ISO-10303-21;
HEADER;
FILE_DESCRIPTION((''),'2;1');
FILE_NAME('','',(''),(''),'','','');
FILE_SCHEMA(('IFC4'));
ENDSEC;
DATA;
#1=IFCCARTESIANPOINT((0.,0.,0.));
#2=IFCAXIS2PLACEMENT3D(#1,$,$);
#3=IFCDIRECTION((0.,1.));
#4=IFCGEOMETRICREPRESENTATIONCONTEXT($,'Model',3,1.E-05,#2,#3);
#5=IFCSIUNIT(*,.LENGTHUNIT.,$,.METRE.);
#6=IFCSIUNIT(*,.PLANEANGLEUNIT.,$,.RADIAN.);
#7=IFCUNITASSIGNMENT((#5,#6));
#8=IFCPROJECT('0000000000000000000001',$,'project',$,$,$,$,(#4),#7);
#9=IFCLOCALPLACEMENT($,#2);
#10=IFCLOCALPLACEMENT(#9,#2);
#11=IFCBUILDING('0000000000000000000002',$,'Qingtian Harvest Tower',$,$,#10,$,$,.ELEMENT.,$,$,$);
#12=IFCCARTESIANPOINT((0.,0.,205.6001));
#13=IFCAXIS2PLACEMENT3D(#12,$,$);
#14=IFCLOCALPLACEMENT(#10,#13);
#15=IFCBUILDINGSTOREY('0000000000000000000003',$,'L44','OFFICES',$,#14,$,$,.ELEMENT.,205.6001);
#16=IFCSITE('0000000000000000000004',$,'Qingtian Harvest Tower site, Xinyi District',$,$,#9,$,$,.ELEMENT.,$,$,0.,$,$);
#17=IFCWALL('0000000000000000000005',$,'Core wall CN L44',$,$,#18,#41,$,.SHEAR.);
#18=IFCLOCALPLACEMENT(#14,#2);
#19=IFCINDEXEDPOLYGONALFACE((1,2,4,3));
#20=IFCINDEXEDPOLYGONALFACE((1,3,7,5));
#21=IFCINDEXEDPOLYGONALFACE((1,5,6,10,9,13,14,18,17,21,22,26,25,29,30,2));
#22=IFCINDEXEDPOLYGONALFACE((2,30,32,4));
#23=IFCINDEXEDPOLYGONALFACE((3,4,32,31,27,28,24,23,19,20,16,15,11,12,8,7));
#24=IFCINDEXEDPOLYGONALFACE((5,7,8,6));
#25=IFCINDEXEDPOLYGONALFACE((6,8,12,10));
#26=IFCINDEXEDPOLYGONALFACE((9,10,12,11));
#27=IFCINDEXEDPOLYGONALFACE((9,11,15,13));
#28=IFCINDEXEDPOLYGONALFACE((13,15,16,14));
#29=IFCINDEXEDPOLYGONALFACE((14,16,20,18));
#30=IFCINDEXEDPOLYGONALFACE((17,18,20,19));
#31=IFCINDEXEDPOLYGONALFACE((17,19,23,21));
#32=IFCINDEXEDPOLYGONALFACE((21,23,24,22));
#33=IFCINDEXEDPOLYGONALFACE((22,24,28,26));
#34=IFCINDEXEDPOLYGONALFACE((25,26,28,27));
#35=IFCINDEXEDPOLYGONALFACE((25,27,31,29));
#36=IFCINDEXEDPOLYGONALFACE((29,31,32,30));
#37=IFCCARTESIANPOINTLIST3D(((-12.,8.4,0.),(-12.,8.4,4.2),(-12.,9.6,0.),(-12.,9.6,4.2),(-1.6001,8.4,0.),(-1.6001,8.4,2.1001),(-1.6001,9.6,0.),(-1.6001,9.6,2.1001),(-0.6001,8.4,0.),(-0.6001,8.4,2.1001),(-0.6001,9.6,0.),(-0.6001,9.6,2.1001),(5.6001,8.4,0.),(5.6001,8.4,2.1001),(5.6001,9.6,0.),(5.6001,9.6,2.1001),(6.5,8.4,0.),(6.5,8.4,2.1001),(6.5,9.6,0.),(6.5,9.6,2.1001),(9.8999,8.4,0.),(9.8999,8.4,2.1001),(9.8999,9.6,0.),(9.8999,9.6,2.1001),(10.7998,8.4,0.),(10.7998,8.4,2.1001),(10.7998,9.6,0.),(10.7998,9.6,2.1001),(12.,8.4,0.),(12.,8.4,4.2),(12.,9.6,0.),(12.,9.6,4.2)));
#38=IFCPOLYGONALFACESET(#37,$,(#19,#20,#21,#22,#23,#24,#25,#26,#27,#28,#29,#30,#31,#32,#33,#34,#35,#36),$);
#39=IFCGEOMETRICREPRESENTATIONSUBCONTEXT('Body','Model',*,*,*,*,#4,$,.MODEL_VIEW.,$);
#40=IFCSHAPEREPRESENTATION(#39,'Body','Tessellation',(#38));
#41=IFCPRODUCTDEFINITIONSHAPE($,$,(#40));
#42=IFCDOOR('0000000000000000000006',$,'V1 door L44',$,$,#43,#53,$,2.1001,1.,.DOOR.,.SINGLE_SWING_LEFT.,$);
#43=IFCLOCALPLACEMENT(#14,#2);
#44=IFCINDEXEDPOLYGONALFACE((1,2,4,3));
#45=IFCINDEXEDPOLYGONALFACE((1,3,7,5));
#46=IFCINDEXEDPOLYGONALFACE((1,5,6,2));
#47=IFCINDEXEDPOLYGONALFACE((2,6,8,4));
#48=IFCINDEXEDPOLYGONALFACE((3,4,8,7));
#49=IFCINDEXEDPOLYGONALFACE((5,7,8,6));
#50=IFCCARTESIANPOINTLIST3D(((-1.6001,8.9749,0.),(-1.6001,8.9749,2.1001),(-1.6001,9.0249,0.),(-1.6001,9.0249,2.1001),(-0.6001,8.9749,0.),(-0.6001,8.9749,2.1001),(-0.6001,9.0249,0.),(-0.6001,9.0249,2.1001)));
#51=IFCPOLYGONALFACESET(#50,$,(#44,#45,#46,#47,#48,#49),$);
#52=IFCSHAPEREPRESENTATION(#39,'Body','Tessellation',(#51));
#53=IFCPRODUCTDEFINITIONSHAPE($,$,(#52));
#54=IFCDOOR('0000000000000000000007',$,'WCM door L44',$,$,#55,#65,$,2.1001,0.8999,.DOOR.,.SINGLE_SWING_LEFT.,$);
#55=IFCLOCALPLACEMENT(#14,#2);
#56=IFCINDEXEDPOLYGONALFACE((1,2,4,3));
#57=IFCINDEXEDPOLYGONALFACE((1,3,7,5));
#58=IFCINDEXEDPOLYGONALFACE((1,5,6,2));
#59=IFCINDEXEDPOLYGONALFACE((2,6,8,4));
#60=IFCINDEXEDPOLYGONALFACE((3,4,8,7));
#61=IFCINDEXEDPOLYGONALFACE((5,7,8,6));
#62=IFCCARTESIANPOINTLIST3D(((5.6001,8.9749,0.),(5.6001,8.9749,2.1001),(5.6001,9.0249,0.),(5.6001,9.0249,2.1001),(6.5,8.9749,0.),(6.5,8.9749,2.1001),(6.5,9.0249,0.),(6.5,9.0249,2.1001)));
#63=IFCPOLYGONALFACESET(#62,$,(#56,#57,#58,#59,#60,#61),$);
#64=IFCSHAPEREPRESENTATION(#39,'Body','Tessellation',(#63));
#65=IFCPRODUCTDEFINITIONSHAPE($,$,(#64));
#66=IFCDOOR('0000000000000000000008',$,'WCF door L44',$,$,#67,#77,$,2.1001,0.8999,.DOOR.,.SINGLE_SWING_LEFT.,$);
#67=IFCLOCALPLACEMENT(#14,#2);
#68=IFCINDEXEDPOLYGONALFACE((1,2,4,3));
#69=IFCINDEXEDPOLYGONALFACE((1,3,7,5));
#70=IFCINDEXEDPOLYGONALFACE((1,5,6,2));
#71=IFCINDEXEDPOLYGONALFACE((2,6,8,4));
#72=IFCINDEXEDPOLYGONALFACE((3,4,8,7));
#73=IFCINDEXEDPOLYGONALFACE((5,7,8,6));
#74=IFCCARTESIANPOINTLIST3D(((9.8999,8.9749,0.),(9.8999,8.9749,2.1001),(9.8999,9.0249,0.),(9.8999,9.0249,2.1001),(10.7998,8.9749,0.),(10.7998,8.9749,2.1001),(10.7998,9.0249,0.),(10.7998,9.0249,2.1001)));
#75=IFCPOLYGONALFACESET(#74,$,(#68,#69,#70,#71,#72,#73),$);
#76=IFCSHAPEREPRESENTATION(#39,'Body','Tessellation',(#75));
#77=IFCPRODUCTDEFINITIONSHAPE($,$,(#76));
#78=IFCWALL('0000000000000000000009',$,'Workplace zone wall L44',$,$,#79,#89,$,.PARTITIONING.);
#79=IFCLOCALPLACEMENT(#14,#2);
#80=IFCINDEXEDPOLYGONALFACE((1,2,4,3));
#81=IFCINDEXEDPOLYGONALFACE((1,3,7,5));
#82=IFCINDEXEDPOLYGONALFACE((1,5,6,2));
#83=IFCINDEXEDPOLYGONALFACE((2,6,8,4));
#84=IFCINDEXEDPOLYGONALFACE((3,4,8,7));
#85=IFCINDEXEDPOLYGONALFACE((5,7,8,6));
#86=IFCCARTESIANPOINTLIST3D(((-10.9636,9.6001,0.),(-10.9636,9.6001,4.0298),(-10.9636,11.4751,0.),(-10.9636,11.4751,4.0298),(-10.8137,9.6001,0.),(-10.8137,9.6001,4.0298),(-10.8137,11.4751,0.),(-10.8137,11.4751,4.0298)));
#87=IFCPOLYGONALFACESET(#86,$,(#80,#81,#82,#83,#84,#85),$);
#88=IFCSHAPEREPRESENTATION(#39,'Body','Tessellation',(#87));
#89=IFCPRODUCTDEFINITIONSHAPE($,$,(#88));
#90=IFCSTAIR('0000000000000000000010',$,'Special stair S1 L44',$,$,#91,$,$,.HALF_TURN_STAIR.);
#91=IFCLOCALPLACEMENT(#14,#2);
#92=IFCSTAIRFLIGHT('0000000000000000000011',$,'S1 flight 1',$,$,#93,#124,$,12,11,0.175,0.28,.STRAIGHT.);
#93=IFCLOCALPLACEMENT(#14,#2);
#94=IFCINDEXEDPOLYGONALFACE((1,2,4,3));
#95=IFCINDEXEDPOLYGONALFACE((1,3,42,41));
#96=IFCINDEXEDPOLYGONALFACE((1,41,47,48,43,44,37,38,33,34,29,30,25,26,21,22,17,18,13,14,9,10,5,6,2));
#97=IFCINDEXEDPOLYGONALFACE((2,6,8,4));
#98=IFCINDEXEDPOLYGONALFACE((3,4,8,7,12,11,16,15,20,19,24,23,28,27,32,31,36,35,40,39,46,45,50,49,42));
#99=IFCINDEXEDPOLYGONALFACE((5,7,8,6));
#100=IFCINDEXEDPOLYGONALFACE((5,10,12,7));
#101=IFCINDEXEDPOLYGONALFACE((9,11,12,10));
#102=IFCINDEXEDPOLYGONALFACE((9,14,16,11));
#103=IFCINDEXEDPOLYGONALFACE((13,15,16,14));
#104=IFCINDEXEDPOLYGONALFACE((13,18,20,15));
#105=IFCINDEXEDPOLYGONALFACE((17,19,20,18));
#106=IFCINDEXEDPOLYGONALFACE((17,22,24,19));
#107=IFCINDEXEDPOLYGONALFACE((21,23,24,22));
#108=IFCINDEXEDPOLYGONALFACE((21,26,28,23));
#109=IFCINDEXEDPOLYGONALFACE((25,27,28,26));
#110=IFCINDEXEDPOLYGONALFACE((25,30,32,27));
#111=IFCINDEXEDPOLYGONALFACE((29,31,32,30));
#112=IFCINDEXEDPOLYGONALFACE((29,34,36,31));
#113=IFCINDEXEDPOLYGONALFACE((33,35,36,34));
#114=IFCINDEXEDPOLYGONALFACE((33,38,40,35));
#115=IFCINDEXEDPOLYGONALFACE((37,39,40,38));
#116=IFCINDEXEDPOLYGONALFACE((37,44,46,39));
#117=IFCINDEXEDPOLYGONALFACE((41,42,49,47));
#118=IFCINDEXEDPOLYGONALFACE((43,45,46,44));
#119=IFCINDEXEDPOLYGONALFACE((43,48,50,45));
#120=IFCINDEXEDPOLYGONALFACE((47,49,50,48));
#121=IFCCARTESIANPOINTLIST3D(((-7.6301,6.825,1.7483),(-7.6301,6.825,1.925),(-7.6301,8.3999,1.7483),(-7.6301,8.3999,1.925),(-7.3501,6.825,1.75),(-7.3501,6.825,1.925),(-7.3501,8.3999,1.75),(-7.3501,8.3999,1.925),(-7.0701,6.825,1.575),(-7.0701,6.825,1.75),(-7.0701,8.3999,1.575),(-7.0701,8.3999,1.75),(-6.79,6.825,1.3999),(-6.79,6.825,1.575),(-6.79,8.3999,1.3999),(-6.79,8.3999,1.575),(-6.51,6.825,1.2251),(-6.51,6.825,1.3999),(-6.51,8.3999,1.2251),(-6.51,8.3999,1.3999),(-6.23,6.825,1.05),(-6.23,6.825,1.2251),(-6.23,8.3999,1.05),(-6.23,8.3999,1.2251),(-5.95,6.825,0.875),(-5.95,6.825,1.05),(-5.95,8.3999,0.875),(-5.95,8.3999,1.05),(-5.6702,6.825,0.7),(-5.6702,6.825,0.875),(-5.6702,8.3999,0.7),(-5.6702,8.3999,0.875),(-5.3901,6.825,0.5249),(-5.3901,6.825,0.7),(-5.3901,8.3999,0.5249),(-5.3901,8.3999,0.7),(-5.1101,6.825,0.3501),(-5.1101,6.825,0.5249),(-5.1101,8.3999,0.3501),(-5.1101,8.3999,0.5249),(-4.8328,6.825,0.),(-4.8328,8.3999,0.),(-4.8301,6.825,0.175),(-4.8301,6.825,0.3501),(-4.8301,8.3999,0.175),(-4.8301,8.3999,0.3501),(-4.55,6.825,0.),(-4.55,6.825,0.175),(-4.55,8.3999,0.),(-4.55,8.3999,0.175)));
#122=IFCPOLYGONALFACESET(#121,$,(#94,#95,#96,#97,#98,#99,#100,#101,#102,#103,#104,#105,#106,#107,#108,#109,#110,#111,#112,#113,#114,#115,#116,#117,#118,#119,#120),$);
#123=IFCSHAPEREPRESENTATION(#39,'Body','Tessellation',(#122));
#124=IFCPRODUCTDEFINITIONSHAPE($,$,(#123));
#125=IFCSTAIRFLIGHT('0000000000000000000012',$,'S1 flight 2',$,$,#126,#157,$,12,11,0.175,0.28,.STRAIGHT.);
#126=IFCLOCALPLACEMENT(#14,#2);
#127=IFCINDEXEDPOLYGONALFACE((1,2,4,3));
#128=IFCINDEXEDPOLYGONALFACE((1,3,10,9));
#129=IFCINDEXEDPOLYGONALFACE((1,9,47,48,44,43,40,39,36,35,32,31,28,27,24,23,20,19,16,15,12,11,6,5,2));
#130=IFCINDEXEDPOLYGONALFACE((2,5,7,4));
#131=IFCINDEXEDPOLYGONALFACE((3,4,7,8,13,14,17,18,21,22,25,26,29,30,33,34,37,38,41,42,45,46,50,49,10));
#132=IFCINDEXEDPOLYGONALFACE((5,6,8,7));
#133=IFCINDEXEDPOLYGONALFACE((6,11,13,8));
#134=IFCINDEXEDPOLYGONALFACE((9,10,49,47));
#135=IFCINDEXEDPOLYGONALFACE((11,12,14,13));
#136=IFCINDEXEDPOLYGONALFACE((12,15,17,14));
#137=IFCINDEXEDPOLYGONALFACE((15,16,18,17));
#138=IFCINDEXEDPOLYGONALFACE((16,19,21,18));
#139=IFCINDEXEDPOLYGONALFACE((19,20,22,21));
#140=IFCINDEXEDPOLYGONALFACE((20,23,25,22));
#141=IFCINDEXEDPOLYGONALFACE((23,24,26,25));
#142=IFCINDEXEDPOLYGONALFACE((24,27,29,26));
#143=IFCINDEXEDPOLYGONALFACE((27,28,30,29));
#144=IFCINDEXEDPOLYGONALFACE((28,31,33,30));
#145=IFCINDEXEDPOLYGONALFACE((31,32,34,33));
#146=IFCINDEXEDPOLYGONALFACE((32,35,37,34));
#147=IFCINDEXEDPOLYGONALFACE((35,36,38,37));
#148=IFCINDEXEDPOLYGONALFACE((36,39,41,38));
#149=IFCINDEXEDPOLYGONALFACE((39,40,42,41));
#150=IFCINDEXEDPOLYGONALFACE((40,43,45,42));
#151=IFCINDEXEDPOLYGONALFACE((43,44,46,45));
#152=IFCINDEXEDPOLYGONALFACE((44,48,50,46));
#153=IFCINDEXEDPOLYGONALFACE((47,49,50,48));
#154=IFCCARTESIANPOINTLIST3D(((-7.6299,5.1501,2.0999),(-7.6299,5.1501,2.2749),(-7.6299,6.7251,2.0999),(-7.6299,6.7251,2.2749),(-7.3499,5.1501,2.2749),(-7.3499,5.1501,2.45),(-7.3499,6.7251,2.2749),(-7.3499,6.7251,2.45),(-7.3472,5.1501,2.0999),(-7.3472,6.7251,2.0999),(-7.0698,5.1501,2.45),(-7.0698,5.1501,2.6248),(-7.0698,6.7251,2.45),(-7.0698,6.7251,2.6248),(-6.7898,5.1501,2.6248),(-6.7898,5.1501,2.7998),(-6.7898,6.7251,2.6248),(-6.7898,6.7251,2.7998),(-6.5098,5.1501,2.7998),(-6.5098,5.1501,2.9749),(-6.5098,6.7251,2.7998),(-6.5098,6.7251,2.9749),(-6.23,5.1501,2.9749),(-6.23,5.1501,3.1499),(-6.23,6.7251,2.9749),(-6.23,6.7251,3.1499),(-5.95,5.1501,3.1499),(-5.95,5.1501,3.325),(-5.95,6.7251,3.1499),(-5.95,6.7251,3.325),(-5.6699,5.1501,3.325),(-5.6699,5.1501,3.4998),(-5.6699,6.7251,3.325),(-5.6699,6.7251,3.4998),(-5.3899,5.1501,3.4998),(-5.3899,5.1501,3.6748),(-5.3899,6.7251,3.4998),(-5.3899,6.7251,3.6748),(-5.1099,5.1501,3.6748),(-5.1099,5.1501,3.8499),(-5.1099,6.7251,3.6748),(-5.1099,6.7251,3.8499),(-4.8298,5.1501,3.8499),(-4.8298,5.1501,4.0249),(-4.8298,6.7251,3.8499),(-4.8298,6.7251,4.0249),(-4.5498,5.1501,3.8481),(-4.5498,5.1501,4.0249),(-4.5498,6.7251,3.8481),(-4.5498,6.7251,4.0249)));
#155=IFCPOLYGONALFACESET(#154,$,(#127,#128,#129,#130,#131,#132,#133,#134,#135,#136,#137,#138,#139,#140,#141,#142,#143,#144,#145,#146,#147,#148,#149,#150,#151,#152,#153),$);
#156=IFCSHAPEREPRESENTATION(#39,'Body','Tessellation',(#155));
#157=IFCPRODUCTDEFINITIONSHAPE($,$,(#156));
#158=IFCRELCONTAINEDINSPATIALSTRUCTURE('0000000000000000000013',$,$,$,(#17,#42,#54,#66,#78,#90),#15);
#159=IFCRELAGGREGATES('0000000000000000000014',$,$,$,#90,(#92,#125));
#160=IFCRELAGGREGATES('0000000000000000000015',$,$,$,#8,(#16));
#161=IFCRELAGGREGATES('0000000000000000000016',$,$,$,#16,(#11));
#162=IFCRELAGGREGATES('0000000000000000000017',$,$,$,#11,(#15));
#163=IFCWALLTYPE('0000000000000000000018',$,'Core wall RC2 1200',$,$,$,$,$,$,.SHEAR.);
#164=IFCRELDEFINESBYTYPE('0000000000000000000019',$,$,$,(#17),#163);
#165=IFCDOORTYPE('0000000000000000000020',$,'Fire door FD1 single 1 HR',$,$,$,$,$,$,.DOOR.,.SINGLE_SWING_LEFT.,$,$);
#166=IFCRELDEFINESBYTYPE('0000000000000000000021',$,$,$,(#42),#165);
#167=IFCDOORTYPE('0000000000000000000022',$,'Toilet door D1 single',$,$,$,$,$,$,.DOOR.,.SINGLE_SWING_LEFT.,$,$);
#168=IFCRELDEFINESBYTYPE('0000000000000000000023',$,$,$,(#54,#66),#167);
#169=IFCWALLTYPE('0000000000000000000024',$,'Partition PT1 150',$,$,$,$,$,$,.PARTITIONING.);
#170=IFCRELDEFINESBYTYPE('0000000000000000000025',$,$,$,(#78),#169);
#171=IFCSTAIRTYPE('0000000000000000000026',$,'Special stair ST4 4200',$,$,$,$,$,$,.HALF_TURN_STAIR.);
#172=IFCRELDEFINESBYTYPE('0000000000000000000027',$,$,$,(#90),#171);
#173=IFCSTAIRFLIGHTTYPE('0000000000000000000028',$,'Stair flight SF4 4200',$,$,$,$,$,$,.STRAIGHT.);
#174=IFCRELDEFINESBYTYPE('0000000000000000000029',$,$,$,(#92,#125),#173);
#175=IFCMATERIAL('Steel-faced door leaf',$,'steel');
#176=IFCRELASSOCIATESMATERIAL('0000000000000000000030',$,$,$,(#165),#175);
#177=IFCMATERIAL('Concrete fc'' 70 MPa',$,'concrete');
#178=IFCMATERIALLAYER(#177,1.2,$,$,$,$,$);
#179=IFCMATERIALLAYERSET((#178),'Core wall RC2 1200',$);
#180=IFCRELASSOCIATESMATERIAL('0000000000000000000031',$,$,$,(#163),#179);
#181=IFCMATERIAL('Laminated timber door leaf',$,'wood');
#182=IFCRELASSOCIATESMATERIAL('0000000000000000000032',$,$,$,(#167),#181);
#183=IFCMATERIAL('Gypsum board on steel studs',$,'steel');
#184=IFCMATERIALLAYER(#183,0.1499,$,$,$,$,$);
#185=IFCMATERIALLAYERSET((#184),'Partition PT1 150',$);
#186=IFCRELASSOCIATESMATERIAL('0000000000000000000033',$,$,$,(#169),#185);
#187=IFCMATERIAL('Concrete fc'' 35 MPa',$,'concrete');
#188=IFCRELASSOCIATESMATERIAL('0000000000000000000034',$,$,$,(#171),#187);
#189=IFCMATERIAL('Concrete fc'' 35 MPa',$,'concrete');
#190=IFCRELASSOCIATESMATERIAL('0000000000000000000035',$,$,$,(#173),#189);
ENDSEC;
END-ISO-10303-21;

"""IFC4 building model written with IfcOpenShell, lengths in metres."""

from ifc_helpers import new_model, si_unit, direction, frame, frame_2d, origin, place, context, subcontext, project, spatial, polyline, rectangle, outline, extrude, material, layer, layer_set, type_object, element, fill, aggregate, save


model = new_model("IFC4")

# Units and contexts
model_context = context("Model", 3, precision=1e-05, world=origin(), true_north=direction((0.0, 1.0)))
body_context = subcontext(model_context, "Body", "Model", "MODEL_VIEW")
ifc_project = project(units=[si_unit("LENGTHUNIT", "METRE"), si_unit("PLANEANGLEUNIT", "RADIAN")], contexts=[model_context])

# Site, building, storey
site_placement = place(None, origin())
site = spatial("IfcSite", under=ifc_project, at=site_placement, Name="Qingtian Harvest Tower site, Xinyi District", CompositionType="ELEMENT", RefElevation=0.0)
building_placement = place(site_placement, origin())
building = spatial("IfcBuilding", under=site, at=building_placement, Name="Qingtian Harvest Tower", CompositionType="ELEMENT")
storey_placement = place(building_placement, frame((0.0, 0.0, 205.6001)))
storey = spatial("IfcBuildingStorey", under=building, at=storey_placement, Name="L44", Description="OFFICES", CompositionType="ELEMENT", Elevation=205.6001)

# Shared definitions
ifc_material_1 = material(Name="Steel-faced door leaf", Category="steel")
door_type_1 = type_object("IfcDoorType", Name="Fire door FD1 single 1 HR", OperationType="SINGLE_SWING_LEFT", PredefinedType="DOOR", material=ifc_material_1)

# Wall, openings, doors
ifc_material_2 = material(Name="Concrete fc' 70 MPa", Category="concrete")
ifc_layer_1 = layer(ifc_material_2, 1.2)
ifc_layer_set_1 = layer_set([ifc_layer_1], Name="Core wall RC2 1200")
wall_type_1 = type_object("IfcWallType", Name="Core wall RC2 1200", PredefinedType="SHEAR", material=ifc_layer_set_1)
wall_1_placement = place(storey_placement, frame((-12.0, 9.0, 0.0), z_axis=(0.0, 0.0, 1.0), x_axis=(1.0, 0.0, 0.0)))
wall_1 = element("IfcWall", 1, at=wall_1_placement, inside=storey, type_object=wall_type_1, Name="Core wall CN L44", PredefinedType="SHEAR", context=body_context, shape_type="SweptSolid", body=[
    extrude(rectangle(XDim=24.0, YDim=1.2, at=frame_2d((12.0, 0.0))), origin(), (0.0, 0.0, 1.0), 4.2),
])
opening_1_placement = place(wall_1_placement, frame((10.3999, 0.0, 0.0)))
opening_1 = element("IfcOpeningElement", 2, at=opening_1_placement, cuts=wall_1, PredefinedType="OPENING", context=body_context, shape_type="SweptSolid", body=[
    extrude(rectangle(XDim=1.0, YDim=2.1001, at=frame_2d((0.5, 1.05))), frame((0.0, 0.6099, 0.0), z_axis=(0.0, -1.0, 0.0), x_axis=(1.0, 0.0, 0.0)), (0.0, 0.0, 1.0), 1.22),
])
opening_2_placement = place(wall_1_placement, frame((17.6001, 0.0, 0.0)))
opening_2 = element("IfcOpeningElement", 3, at=opening_2_placement, cuts=wall_1, PredefinedType="OPENING", context=body_context, shape_type="SweptSolid", body=[
    extrude(rectangle(XDim=0.8999, YDim=2.1001, at=frame_2d((0.45, 1.05))), frame((0.0, 0.6099, 0.0), z_axis=(0.0, -1.0, 0.0), x_axis=(1.0, 0.0, 0.0)), (0.0, 0.0, 1.0), 1.22),
])
opening_3_placement = place(wall_1_placement, frame((21.8999, 0.0, 0.0)))
opening_3 = element("IfcOpeningElement", 4, at=opening_3_placement, cuts=wall_1, PredefinedType="OPENING", context=body_context, shape_type="SweptSolid", body=[
    extrude(rectangle(XDim=0.8999, YDim=2.1001, at=frame_2d((0.45, 1.05))), frame((0.0, 0.6099, 0.0), z_axis=(0.0, -1.0, 0.0), x_axis=(1.0, 0.0, 0.0)), (0.0, 0.0, 1.0), 1.22),
])
door_1_placement = place(opening_1_placement, origin())
door_1 = element("IfcDoor", 5, at=door_1_placement, inside=storey, type_object=door_type_1, Name="V1 door L44", OperationType="SINGLE_SWING_LEFT", OverallHeight=2.1001, OverallWidth=1.0, PredefinedType="DOOR", context=body_context, shape_type="SweptSolid", body=[
    extrude(rectangle(XDim=1.0, YDim=2.1001, at=frame_2d((0.5, 1.05))), frame((0.0, 0.0249, 0.0), z_axis=(0.0, -1.0, 0.0), x_axis=(1.0, 0.0, 0.0)), (0.0, 0.0, 1.0), 0.05),
])
fill(opening_1, door_1)
ifc_material_3 = material(Name="Laminated timber door leaf", Category="wood")
door_type_2 = type_object("IfcDoorType", Name="Toilet door D1 single", OperationType="SINGLE_SWING_LEFT", PredefinedType="DOOR", material=ifc_material_3)
door_2_placement = place(opening_2_placement, origin())
door_2 = element("IfcDoor", 6, at=door_2_placement, inside=storey, type_object=door_type_2, Name="WCM door L44", OperationType="SINGLE_SWING_LEFT", OverallHeight=2.1001, OverallWidth=0.8999, PredefinedType="DOOR", context=body_context, shape_type="SweptSolid", body=[
    extrude(rectangle(XDim=0.8999, YDim=2.1001, at=frame_2d((0.45, 1.05))), frame((0.0, 0.0249, 0.0), z_axis=(0.0, -1.0, 0.0), x_axis=(1.0, 0.0, 0.0)), (0.0, 0.0, 1.0), 0.05),
])
fill(opening_2, door_2)
door_3_placement = place(opening_3_placement, origin())
door_3 = element("IfcDoor", 7, at=door_3_placement, inside=storey, type_object=door_type_2, Name="WCF door L44", OperationType="SINGLE_SWING_LEFT", OverallHeight=2.1001, OverallWidth=0.8999, PredefinedType="DOOR", context=body_context, shape_type="SweptSolid", body=[
    extrude(rectangle(XDim=0.8999, YDim=2.1001, at=frame_2d((0.45, 1.05))), frame((0.0, 0.0249, 0.0), z_axis=(0.0, -1.0, 0.0), x_axis=(1.0, 0.0, 0.0)), (0.0, 0.0, 1.0), 0.05),
])
fill(opening_3, door_3)

# Wall
ifc_material_4 = material(Name="Gypsum board on steel studs", Category="steel")
ifc_layer_2 = layer(ifc_material_4, 0.1499)
ifc_layer_set_2 = layer_set([ifc_layer_2], Name="Partition PT1 150")
wall_type_2 = type_object("IfcWallType", Name="Partition PT1 150", PredefinedType="PARTITIONING", material=ifc_layer_set_2)
wall_2_placement = place(storey_placement, frame((-10.8887, 9.6001, 0.0), z_axis=(0.0, 0.0, 1.0), x_axis=(0.0, 1.0, 0.0)))
element("IfcWall", 8, at=wall_2_placement, inside=storey, type_object=wall_type_2, Name="Workplace zone wall L44", PredefinedType="PARTITIONING", context=body_context, shape_type="SweptSolid", body=[
    extrude(rectangle(XDim=1.875, YDim=0.1499, at=frame_2d((0.9375, 0.0))), origin(), (0.0, 0.0, 1.0), 4.0298),
])

# Stair, stair flights
ifc_material_5 = material(Name="Concrete fc' 35 MPa", Category="concrete")
stair_type = type_object("IfcStairType", Name="Special stair ST4 4200", PredefinedType="HALF_TURN_STAIR", material=ifc_material_5)
stair_placement = place(storey_placement, origin())
stair = element("IfcStair", 9, at=stair_placement, inside=storey, type_object=stair_type, Name="Special stair S1 L44", PredefinedType="HALF_TURN_STAIR")
ifc_material_6 = material(Name="Concrete fc' 35 MPa", Category="concrete")
stair_flight_type = type_object("IfcStairFlightType", Name="Stair flight SF4 4200", PredefinedType="STRAIGHT", material=ifc_material_6)
stair_flight_1_placement = place(storey_placement, frame((-4.55, 7.6125, 0.0), z_axis=(0.0, 0.0, 1.0), x_axis=(-1.0, 0.0, 0.0)))
stair_flight_1 = element("IfcStairFlight", 10, at=stair_flight_1_placement, type_object=stair_flight_type, Name="S1 flight 1", NumberOfRisers=12, NumberOfTreads=11, PredefinedType="STRAIGHT", RiserHeight=0.175, TreadLength=0.28, context=body_context, shape_type="SweptSolid", body=[
    extrude(outline(polyline([(0.0, 0.0), (0.0, 0.175), (0.28, 0.175), (0.28, 0.3501), (0.5601, 0.3501), (0.5601, 0.5249), (0.8401, 0.5249), (0.8401, 0.7), (1.1201, 0.7), (1.1201, 0.875), (1.3999, 0.875), (1.3999, 1.05), (1.6799, 1.05), (1.6799, 1.2251), (1.96, 1.2251), (1.96, 1.3999), (2.24, 1.3999), (2.24, 1.575), (2.52, 1.575), (2.52, 1.75), (2.8, 1.75), (2.8, 1.925), (3.0801, 1.925), (3.0801, 2.1001), (3.0801, 1.7483), (0.2827, 0.0), (0.0, 0.0)])), frame((0.0, 0.7876, 0.0), z_axis=(0.0, -1.0, 0.0), x_axis=(1.0, 0.0, 0.0)), (0.0, 0.0, 1.0), 1.575),
])
stair_flight_2_placement = place(storey_placement, frame((-7.6299, 5.9375, 2.0999), z_axis=(0.0, 0.0, 1.0), x_axis=(1.0, 0.0, 0.0)))
stair_flight_2 = element("IfcStairFlight", 11, at=stair_flight_2_placement, type_object=stair_flight_type, Name="S1 flight 2", NumberOfRisers=12, NumberOfTreads=11, PredefinedType="STRAIGHT", RiserHeight=0.175, TreadLength=0.28, context=body_context, shape_type="SweptSolid", body=[
    extrude(outline(polyline([(0.0, 0.0), (0.0, 0.175), (0.28, 0.175), (0.28, 0.3501), (0.5601, 0.3501), (0.5601, 0.5249), (0.8401, 0.5249), (0.8401, 0.7), (1.1201, 0.7), (1.1201, 0.875), (1.3999, 0.875), (1.3999, 1.05), (1.6799, 1.05), (1.6799, 1.2251), (1.96, 1.2251), (1.96, 1.3999), (2.24, 1.3999), (2.24, 1.575), (2.52, 1.575), (2.52, 1.75), (2.8, 1.75), (2.8, 1.925), (3.0801, 1.925), (3.0801, 2.1001), (3.0801, 1.7483), (0.2827, 0.0), (0.0, 0.0)])), frame((0.0, 0.7876, 0.0), z_axis=(0.0, -1.0, 0.0), x_axis=(1.0, 0.0, 0.0)), (0.0, 0.0, 1.0), 1.575),
])
aggregate(stair, [stair_flight_1, stair_flight_2])

save(model, "model.ifc")
